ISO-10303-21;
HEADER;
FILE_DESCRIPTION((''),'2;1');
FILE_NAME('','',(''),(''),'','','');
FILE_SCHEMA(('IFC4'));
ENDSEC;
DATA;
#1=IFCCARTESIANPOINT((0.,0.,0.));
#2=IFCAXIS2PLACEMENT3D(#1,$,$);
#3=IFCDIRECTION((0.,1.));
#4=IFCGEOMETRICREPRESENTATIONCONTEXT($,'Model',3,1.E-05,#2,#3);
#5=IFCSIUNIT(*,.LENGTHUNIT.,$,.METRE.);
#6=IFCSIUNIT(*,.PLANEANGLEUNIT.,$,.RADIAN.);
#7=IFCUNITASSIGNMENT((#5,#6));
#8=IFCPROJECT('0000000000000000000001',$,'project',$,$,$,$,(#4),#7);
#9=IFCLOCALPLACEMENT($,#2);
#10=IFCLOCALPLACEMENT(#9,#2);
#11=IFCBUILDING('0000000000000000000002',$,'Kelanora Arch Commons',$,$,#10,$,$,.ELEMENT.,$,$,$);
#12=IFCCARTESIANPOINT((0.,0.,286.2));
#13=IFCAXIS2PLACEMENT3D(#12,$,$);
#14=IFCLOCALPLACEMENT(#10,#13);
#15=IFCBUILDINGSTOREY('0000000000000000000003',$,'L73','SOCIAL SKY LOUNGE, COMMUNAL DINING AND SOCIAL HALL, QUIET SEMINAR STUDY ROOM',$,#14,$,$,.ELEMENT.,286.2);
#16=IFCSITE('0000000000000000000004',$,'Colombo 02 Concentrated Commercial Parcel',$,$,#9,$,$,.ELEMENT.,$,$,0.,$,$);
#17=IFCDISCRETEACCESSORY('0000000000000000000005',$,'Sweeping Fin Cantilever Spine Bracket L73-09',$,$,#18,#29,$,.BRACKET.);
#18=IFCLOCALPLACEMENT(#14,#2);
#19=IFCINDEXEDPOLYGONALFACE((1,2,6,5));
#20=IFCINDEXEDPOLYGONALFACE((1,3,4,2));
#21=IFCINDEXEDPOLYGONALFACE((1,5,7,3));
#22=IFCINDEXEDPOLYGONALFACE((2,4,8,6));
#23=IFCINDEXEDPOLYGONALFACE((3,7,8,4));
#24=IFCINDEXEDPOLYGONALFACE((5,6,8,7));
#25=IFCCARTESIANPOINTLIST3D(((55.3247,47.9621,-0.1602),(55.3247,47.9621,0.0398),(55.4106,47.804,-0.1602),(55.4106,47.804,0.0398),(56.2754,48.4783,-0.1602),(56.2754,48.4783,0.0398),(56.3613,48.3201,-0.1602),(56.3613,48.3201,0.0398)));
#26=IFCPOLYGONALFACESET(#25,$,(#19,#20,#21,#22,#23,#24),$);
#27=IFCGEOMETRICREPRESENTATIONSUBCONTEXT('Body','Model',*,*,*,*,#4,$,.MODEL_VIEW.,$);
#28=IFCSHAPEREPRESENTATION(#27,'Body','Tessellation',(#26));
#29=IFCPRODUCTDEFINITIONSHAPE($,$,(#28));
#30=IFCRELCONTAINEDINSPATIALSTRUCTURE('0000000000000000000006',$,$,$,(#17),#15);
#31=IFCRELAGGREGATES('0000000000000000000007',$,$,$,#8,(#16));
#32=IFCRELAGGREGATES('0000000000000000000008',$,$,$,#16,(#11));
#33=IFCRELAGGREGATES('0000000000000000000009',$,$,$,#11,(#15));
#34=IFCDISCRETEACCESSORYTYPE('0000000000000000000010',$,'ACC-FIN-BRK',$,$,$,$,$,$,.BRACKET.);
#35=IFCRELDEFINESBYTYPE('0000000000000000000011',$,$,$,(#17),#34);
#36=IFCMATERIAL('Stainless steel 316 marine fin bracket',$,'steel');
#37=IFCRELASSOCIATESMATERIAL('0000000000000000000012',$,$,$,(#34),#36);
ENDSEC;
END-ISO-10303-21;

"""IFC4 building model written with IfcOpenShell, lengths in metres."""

from ifc_helpers import new_model, si_unit, direction, frame, origin, origin_2d, place, context, subcontext, project, spatial, rectangle, extrude, source, transform, mapped, material, type_object, element, save


model = new_model("IFC4")

# Units and contexts
model_context = context("Model", 3, precision=1e-05, world=origin(), true_north=direction((0.0, 1.0)))
body_context = subcontext(model_context, "Body", "Model", "MODEL_VIEW")
ifc_project = project(units=[si_unit("LENGTHUNIT", "METRE"), si_unit("PLANEANGLEUNIT", "RADIAN")], contexts=[model_context])

# Site, building, storey
site_placement = place(None, origin())
site = spatial("IfcSite", under=ifc_project, at=site_placement, Name="Colombo 02 Concentrated Commercial Parcel", CompositionType="ELEMENT", RefElevation=0.0)
building_placement = place(site_placement, origin())
building = spatial("IfcBuilding", under=site, at=building_placement, Name="Kelanora Arch Commons", CompositionType="ELEMENT")
storey_placement = place(building_placement, frame((0.0, 0.0, 286.2)))
storey = spatial("IfcBuildingStorey", under=building, at=storey_placement, Name="L73", Description="SOCIAL SKY LOUNGE, COMMUNAL DINING AND SOCIAL HALL, QUIET SEMINAR STUDY ROOM", CompositionType="ELEMENT", Elevation=286.2)

# Discrete accessory
ifc_material_1 = material(Name="Stainless steel 316 marine fin bracket", Category="steel")
discrete_accessory_type = type_object("IfcDiscreteAccessoryType", Name="ACC-FIN-BRK", PredefinedType="BRACKET", material=ifc_material_1)
shared_shape_1 = source(origin(), body_context, "Body", "SweptSolid", [
    extrude(rectangle(XDim=1.0818, YDim=0.1799, at=origin_2d()), origin(), (0.0, 0.0, 1.0), 0.2),
])
for number, where, z_axis, x_axis, name in (
    (1, (55.843, 48.1411, -0.1602), (0.0, 0.0, 1.0), (-0.878817, -0.477159, 0.0), "Sweeping Fin Cantilever Spine Bracket L73-09"),
):
    element("IfcDiscreteAccessory", number, at=place(storey_placement, frame(where, z_axis=z_axis, x_axis=x_axis)), inside=storey, type_object=discrete_accessory_type, Name=name, PredefinedType="BRACKET", context=body_context, shape_type="MappedRepresentation", body=[
        mapped(shared_shape_1, transform((0.0, 0.0, 0.0), scale=1.0)),
    ])

save(model, "model.ifc")
